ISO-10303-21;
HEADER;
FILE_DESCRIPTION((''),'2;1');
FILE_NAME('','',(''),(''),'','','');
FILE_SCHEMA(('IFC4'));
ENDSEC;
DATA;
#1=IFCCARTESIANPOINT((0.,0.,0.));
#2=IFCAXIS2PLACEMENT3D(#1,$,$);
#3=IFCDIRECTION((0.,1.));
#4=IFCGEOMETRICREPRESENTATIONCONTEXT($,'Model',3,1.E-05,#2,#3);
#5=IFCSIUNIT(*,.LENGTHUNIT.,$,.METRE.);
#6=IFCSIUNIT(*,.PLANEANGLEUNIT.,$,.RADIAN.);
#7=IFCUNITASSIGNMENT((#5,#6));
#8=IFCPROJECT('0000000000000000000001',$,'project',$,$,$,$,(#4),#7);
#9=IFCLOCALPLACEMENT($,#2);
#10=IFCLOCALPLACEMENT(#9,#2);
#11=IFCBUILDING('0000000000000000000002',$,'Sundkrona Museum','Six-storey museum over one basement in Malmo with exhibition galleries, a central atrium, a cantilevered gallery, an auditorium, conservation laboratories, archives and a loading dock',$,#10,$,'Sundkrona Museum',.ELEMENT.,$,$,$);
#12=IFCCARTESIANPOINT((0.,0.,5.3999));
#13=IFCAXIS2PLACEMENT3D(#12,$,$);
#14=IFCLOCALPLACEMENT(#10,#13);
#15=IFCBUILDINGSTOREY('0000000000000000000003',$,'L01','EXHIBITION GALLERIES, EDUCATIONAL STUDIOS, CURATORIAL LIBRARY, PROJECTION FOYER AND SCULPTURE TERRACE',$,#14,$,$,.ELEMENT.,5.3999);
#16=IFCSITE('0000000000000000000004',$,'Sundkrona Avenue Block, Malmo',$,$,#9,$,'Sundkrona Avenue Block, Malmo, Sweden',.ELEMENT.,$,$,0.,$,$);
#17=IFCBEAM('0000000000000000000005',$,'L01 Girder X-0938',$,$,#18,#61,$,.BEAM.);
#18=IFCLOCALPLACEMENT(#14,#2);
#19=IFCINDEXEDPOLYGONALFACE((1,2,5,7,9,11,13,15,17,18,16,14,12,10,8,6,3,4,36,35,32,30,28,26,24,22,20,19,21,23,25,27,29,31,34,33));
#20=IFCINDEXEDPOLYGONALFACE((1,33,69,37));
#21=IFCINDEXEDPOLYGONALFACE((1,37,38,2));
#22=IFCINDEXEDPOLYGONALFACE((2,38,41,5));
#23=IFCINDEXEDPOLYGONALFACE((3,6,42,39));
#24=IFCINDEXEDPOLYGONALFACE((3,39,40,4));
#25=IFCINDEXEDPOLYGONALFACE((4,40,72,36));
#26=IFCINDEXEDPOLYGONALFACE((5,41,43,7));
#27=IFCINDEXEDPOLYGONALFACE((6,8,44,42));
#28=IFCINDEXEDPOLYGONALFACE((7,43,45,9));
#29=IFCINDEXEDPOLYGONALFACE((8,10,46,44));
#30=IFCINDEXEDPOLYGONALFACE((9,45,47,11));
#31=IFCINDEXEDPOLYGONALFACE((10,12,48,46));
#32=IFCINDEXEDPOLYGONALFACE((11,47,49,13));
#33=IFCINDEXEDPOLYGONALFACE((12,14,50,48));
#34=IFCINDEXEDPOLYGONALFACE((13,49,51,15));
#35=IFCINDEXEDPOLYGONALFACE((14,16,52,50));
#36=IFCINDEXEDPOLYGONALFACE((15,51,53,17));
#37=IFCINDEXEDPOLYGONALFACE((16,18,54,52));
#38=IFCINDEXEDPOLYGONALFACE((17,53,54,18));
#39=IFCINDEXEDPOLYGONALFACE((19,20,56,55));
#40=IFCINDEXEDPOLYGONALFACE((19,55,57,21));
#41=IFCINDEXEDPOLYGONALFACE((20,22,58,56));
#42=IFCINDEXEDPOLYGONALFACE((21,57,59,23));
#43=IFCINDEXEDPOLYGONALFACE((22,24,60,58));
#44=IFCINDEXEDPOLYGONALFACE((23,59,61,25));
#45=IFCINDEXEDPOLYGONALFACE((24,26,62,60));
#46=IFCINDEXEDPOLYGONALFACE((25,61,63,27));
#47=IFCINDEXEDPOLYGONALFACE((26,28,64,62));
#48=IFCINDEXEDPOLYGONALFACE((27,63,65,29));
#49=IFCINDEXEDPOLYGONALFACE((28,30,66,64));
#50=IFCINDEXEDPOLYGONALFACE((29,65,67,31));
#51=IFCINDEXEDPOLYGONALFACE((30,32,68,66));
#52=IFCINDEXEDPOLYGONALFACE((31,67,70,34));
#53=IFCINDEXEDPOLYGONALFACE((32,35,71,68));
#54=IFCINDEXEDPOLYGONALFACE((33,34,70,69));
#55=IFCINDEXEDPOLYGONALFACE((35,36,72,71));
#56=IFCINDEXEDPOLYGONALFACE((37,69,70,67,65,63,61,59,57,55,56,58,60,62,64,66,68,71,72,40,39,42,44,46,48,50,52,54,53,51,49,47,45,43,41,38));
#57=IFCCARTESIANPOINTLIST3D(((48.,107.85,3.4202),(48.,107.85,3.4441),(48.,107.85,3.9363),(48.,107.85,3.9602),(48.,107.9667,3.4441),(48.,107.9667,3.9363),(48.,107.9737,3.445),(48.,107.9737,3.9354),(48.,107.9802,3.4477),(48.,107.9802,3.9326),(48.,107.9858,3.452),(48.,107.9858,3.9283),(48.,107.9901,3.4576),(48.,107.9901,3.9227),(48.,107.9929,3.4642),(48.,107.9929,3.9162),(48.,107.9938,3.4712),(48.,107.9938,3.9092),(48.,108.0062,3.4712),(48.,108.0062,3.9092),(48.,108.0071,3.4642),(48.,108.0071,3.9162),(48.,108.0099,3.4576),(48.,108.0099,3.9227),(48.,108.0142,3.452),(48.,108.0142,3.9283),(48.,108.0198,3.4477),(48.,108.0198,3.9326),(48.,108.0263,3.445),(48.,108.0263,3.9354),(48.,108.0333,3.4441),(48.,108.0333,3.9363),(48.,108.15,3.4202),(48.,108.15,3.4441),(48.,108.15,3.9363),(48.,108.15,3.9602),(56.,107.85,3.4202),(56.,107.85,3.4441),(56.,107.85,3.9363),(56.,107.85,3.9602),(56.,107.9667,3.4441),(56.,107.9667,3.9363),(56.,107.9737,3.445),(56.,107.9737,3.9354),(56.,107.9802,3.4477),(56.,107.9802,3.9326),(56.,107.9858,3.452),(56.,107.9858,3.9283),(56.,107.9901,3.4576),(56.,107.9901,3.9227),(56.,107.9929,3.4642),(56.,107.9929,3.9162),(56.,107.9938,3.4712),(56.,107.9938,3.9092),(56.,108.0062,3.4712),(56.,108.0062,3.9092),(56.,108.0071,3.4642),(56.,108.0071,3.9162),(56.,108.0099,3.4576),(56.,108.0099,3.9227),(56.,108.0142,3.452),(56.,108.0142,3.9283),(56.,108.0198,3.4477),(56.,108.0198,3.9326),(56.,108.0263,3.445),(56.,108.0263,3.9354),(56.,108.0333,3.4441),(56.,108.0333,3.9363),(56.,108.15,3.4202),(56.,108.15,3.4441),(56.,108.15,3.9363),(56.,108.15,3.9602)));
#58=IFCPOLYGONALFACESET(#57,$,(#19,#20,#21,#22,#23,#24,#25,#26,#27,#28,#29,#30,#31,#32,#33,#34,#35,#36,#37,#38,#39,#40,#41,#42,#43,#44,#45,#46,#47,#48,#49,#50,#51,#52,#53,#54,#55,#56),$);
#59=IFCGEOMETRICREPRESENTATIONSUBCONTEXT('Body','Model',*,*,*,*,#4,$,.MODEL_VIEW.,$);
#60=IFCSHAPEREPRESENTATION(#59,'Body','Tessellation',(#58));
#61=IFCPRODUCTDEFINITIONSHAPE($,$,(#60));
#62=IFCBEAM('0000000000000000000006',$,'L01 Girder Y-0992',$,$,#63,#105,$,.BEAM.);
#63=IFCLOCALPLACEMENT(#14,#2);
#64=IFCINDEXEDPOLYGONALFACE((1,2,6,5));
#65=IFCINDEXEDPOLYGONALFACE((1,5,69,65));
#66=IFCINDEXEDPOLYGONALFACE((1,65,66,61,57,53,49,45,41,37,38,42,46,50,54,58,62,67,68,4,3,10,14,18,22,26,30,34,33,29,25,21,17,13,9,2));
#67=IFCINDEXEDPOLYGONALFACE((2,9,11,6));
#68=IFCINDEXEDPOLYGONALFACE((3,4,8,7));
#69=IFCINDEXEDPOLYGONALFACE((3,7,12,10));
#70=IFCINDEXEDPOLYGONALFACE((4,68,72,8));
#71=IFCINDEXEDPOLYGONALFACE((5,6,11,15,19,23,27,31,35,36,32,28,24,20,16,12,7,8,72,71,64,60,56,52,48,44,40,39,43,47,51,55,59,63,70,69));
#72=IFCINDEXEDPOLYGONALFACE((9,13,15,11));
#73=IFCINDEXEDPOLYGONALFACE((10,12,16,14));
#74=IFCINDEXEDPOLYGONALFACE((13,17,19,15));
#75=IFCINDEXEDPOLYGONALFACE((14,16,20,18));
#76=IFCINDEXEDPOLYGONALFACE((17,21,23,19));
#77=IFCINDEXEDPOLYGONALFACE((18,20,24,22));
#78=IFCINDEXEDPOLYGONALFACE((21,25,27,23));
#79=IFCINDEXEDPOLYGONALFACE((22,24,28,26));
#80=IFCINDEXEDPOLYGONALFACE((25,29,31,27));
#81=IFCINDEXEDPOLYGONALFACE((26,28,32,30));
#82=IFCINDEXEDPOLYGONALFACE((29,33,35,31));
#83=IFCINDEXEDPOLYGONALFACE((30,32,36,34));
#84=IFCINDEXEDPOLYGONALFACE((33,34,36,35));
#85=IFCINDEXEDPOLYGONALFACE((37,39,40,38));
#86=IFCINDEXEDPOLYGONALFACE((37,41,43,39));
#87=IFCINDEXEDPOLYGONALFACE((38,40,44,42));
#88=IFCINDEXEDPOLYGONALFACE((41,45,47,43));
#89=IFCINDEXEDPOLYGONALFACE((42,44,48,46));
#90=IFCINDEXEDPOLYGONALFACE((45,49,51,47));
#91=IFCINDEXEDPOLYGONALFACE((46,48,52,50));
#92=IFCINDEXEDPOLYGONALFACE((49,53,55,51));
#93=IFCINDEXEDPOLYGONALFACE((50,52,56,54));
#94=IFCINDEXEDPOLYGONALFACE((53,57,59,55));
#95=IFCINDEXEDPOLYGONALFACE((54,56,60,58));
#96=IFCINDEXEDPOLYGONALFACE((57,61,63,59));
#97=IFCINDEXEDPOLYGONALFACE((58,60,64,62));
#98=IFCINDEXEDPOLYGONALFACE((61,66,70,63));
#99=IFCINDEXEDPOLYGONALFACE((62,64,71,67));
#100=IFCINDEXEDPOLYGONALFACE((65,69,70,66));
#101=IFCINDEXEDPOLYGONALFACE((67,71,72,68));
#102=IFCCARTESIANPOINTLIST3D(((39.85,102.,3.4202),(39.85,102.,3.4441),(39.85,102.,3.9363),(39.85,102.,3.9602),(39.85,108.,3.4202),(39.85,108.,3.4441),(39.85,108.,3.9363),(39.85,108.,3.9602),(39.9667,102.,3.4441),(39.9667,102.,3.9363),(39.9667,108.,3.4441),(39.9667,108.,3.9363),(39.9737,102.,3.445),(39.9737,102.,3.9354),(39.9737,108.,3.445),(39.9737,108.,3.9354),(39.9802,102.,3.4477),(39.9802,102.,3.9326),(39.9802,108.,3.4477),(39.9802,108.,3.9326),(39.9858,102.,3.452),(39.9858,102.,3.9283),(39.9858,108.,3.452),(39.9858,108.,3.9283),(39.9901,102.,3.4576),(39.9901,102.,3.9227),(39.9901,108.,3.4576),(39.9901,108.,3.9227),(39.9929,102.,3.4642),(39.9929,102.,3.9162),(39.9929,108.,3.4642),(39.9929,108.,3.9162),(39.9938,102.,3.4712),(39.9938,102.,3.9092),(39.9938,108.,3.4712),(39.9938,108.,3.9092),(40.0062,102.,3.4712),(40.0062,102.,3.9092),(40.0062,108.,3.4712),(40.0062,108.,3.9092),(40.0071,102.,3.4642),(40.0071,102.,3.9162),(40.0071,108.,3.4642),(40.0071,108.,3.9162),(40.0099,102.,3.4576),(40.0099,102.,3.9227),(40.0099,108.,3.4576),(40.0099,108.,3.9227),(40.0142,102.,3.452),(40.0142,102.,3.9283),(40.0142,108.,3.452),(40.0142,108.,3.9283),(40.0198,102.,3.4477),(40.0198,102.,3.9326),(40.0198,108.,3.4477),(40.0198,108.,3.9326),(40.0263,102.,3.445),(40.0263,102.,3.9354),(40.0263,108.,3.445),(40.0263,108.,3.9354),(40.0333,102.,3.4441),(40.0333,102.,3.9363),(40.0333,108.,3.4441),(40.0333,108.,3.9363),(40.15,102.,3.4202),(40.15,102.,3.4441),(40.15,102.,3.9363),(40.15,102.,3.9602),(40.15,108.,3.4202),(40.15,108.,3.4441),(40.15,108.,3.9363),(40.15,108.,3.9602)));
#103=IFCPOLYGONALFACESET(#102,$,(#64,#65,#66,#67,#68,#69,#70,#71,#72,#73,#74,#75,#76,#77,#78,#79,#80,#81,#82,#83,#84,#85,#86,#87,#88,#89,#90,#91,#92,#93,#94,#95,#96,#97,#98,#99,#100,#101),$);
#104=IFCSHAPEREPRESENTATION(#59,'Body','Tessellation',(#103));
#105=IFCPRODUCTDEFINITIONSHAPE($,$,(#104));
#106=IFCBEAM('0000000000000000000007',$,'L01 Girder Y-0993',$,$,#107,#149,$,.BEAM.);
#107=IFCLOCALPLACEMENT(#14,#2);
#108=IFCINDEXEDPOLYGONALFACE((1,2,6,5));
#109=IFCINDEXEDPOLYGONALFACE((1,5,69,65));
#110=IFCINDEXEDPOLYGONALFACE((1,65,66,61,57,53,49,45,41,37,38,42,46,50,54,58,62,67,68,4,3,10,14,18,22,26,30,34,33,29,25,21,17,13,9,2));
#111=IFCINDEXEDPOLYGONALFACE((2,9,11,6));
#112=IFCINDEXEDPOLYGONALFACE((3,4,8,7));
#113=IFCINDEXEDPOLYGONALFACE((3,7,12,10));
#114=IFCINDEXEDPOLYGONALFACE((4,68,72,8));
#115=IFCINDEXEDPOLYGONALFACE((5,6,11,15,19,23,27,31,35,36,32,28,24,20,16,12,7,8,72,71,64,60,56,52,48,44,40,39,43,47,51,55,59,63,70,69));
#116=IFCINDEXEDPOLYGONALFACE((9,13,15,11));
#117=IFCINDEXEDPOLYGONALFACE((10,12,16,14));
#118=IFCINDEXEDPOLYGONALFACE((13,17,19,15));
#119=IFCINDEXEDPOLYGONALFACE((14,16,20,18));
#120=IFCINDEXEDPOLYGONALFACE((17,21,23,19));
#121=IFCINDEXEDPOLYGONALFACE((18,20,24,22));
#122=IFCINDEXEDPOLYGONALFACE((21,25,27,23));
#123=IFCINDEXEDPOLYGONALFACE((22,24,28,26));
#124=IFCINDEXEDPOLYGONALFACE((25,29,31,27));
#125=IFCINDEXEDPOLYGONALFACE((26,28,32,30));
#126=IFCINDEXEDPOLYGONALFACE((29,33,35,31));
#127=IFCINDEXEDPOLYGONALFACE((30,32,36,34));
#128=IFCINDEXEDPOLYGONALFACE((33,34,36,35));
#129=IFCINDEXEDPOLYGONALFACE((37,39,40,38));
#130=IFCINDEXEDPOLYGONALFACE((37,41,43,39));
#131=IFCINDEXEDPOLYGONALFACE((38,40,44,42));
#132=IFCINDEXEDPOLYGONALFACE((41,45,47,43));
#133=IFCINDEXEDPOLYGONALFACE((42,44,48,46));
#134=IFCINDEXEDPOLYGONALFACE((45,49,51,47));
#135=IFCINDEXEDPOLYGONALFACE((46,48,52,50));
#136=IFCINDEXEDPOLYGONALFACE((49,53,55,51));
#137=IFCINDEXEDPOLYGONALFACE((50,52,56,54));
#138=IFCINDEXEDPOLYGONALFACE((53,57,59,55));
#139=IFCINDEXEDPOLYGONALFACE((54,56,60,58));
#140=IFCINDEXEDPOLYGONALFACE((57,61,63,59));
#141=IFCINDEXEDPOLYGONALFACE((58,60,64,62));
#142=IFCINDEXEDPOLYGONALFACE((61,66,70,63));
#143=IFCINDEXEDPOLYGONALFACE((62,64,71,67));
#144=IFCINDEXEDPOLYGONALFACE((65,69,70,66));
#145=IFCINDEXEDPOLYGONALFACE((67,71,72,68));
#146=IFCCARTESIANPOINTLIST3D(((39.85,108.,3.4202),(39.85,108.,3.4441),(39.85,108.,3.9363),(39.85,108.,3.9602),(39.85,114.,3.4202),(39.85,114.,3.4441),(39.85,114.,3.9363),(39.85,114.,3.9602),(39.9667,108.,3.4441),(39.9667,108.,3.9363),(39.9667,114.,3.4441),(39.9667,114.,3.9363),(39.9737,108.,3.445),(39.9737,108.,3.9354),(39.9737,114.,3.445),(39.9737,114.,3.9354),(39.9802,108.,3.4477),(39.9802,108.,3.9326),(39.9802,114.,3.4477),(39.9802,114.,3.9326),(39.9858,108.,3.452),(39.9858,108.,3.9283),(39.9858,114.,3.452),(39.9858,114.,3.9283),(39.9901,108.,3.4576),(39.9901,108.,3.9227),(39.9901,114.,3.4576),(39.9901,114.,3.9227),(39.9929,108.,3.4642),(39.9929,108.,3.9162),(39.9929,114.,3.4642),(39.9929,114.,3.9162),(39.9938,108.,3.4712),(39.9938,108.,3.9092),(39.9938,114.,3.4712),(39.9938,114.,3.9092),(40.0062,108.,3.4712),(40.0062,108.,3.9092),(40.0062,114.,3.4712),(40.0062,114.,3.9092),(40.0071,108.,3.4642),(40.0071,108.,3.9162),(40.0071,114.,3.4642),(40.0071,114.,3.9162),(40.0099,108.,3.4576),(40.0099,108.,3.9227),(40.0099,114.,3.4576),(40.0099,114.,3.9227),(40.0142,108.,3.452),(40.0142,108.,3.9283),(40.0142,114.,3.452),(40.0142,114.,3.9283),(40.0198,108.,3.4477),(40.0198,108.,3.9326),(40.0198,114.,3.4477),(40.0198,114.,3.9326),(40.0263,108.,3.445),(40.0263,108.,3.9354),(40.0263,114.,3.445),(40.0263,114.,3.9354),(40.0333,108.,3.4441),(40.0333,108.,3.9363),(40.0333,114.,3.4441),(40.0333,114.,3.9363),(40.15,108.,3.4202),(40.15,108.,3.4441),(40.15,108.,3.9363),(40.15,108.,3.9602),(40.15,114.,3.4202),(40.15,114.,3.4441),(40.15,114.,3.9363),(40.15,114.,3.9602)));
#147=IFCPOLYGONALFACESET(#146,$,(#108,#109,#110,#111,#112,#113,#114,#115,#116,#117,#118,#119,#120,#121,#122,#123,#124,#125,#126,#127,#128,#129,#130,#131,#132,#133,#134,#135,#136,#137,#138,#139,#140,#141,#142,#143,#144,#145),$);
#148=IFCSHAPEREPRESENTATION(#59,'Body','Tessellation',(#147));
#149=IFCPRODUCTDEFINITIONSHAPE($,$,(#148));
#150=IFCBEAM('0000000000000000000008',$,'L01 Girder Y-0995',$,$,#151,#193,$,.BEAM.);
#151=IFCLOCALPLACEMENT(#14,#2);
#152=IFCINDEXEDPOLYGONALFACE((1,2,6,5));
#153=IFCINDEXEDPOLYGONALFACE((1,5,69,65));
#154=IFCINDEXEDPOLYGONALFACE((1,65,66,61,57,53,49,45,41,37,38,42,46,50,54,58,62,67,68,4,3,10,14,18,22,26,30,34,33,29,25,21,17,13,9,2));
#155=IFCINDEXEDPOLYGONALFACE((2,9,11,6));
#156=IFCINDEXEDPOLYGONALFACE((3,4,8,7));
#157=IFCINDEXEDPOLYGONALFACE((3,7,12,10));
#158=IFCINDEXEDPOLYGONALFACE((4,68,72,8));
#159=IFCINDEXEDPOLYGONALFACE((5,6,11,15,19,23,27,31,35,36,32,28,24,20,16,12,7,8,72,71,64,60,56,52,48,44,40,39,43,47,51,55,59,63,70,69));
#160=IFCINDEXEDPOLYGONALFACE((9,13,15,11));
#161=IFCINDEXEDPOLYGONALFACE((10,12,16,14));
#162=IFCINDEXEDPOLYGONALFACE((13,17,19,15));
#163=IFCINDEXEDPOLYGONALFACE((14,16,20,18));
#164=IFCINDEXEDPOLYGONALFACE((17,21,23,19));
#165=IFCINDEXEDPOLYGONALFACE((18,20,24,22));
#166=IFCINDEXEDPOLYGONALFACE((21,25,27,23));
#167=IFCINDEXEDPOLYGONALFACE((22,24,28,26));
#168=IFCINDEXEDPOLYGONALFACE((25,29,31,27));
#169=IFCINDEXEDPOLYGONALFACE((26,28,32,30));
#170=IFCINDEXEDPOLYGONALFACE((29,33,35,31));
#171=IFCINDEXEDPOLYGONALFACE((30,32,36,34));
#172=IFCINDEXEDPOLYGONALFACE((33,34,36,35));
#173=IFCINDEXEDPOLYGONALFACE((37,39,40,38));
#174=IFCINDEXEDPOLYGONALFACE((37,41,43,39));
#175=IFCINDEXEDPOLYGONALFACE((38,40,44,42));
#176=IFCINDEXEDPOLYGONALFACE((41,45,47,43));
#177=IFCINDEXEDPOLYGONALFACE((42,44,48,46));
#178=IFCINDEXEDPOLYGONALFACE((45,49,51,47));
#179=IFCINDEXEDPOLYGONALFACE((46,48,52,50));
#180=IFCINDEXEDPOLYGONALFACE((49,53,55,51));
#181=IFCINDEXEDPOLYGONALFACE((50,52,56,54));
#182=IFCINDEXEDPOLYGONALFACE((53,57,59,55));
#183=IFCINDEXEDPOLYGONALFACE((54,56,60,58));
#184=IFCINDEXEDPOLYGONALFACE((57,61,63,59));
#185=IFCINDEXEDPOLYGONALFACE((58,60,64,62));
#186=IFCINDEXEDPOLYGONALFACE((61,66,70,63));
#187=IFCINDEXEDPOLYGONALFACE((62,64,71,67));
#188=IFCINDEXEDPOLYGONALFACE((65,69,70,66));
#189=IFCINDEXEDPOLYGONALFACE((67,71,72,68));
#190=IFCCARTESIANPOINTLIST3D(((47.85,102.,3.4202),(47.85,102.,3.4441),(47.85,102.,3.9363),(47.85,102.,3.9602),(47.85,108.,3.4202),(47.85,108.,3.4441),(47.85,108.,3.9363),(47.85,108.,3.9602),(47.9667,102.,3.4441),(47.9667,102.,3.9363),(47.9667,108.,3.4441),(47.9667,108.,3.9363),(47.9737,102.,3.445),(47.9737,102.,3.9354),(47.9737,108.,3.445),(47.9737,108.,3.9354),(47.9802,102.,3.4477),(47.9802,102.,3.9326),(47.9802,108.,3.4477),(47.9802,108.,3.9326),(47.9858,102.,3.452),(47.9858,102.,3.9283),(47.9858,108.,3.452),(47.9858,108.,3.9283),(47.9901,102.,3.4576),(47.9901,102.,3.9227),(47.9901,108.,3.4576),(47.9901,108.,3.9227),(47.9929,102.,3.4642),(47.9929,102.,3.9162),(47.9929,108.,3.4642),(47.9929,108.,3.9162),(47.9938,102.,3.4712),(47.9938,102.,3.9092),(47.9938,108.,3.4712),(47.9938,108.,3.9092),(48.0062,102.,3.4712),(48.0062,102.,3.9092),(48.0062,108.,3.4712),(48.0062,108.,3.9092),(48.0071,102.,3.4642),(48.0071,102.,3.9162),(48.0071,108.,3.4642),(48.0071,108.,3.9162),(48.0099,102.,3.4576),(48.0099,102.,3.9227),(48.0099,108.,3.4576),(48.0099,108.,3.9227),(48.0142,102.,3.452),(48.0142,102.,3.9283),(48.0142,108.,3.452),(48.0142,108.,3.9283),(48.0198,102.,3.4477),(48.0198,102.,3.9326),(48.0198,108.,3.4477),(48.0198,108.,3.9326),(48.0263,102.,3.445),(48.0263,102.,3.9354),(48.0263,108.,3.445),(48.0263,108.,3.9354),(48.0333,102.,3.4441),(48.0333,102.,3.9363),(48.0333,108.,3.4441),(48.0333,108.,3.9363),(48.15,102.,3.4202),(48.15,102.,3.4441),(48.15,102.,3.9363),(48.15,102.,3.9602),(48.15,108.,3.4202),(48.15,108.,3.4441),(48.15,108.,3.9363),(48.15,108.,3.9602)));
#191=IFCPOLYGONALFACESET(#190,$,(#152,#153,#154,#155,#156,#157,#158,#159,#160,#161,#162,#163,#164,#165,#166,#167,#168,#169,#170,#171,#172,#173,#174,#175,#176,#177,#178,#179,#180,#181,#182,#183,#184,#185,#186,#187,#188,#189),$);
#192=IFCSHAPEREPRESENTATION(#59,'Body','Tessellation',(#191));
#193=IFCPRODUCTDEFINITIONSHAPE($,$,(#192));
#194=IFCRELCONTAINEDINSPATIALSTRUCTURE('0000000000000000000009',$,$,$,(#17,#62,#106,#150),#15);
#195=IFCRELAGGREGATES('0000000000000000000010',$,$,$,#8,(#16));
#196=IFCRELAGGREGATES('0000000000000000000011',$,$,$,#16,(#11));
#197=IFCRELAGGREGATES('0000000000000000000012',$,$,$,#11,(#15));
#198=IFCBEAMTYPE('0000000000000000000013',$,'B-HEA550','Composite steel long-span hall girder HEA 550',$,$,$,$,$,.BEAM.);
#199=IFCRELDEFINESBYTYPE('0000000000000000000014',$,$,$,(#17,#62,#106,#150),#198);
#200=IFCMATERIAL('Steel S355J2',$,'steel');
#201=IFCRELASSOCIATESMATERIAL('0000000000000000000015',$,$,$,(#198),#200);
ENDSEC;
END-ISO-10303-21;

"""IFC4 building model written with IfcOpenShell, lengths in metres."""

from ifc_helpers import new_model, si_unit, direction, frame, origin, origin_2d, place, context, subcontext, project, spatial, i_section, extrude, material, material_profile, profile_set, type_object, element, save


model = new_model("IFC4")

# Units and contexts
model_context = context("Model", 3, precision=1e-05, world=origin(), true_north=direction((0.0, 1.0)))
body_context = subcontext(model_context, "Body", "Model", "MODEL_VIEW")
ifc_project = project(units=[si_unit("LENGTHUNIT", "METRE"), si_unit("PLANEANGLEUNIT", "RADIAN")], contexts=[model_context])

# Site, building, storey
site_placement = place(None, origin())
site = spatial("IfcSite", under=ifc_project, at=site_placement, Name="Sundkrona Avenue Block, Malmo", LongName="Sundkrona Avenue Block, Malmo, Sweden", CompositionType="ELEMENT", RefElevation=0.0)
building_placement = place(site_placement, origin())
building = spatial("IfcBuilding", under=site, at=building_placement, Name="Sundkrona Museum", Description="Six-storey museum over one basement in Malmo with exhibition galleries, a central atrium, a cantilevered gallery, an auditorium, conservation laboratories, archives and a loading dock", LongName="Sundkrona Museum", CompositionType="ELEMENT")
storey_placement = place(building_placement, frame((0.0, 0.0, 5.3999)))
storey = spatial("IfcBuildingStorey", under=building, at=storey_placement, Name="L01", Description="EXHIBITION GALLERIES, EDUCATIONAL STUDIOS, CURATORIAL LIBRARY, PROJECTION FOYER AND SCULPTURE TERRACE", CompositionType="ELEMENT", Elevation=5.3999)

# Shared definitions
ifc_material_1 = material(Name="Steel S355J2", Category="steel")

# Beams
ifc_material_profile_1 = material_profile(ifc_material_1, i_section(OverallWidth=0.3, OverallDepth=0.54, WebThickness=0.0125, FlangeThickness=0.0239, FilletRadius=0.0271, at=origin_2d()), Name="HEA 550")
ifc_profile_set_1 = profile_set([ifc_material_profile_1], Name="Steel S355J2")
beam_type_1 = type_object("IfcBeamType", Name="B-HEA550", Description="Composite steel long-span hall girder HEA 550", PredefinedType="BEAM", material=ifc_profile_set_1)
for number, where, z_axis, x_axis, name in (
    (1, (48.0, 108.0, 3.6902), (1.0, 0.0, 0.0), (0.0, 1.0, 0.0), "L01 Girder X-0938"),
):
    element("IfcBeam", number, at=place(storey_placement, frame(where, z_axis=z_axis, x_axis=x_axis)), inside=storey, type_object=beam_type_1, Name=name, PredefinedType="BEAM", context=body_context, shape_type="SweptSolid", body=[
        extrude(i_section(OverallWidth=0.3, OverallDepth=0.54, WebThickness=0.0125, FlangeThickness=0.0239, FilletRadius=0.0271, at=origin_2d()), origin(), (0.0, 0.0, 1.0), 8.0),
    ])
for number, where, z_axis, x_axis, name in (
    (2, (40.0, 102.0, 3.6902), (0.0, 1.0, 0.0), (-1.0, 0.0, 0.0), "L01 Girder Y-0992"),
    (3, (40.0, 108.0, 3.6902), (0.0, 1.0, 0.0), (-1.0, 0.0, 0.0), "L01 Girder Y-0993"),
    (4, (48.0, 102.0, 3.6902), (0.0, 1.0, 0.0), (-1.0, 0.0, 0.0), "L01 Girder Y-0995"),
):
    element("IfcBeam", number, at=place(storey_placement, frame(where, z_axis=z_axis, x_axis=x_axis)), inside=storey, type_object=beam_type_1, Name=name, PredefinedType="BEAM", context=body_context, shape_type="SweptSolid", body=[
        extrude(i_section(OverallWidth=0.3, OverallDepth=0.54, WebThickness=0.0125, FlangeThickness=0.0239, FilletRadius=0.0271, at=origin_2d()), origin(), (0.0, 0.0, 1.0), 6.0),
    ])

save(model, "model.ifc")
